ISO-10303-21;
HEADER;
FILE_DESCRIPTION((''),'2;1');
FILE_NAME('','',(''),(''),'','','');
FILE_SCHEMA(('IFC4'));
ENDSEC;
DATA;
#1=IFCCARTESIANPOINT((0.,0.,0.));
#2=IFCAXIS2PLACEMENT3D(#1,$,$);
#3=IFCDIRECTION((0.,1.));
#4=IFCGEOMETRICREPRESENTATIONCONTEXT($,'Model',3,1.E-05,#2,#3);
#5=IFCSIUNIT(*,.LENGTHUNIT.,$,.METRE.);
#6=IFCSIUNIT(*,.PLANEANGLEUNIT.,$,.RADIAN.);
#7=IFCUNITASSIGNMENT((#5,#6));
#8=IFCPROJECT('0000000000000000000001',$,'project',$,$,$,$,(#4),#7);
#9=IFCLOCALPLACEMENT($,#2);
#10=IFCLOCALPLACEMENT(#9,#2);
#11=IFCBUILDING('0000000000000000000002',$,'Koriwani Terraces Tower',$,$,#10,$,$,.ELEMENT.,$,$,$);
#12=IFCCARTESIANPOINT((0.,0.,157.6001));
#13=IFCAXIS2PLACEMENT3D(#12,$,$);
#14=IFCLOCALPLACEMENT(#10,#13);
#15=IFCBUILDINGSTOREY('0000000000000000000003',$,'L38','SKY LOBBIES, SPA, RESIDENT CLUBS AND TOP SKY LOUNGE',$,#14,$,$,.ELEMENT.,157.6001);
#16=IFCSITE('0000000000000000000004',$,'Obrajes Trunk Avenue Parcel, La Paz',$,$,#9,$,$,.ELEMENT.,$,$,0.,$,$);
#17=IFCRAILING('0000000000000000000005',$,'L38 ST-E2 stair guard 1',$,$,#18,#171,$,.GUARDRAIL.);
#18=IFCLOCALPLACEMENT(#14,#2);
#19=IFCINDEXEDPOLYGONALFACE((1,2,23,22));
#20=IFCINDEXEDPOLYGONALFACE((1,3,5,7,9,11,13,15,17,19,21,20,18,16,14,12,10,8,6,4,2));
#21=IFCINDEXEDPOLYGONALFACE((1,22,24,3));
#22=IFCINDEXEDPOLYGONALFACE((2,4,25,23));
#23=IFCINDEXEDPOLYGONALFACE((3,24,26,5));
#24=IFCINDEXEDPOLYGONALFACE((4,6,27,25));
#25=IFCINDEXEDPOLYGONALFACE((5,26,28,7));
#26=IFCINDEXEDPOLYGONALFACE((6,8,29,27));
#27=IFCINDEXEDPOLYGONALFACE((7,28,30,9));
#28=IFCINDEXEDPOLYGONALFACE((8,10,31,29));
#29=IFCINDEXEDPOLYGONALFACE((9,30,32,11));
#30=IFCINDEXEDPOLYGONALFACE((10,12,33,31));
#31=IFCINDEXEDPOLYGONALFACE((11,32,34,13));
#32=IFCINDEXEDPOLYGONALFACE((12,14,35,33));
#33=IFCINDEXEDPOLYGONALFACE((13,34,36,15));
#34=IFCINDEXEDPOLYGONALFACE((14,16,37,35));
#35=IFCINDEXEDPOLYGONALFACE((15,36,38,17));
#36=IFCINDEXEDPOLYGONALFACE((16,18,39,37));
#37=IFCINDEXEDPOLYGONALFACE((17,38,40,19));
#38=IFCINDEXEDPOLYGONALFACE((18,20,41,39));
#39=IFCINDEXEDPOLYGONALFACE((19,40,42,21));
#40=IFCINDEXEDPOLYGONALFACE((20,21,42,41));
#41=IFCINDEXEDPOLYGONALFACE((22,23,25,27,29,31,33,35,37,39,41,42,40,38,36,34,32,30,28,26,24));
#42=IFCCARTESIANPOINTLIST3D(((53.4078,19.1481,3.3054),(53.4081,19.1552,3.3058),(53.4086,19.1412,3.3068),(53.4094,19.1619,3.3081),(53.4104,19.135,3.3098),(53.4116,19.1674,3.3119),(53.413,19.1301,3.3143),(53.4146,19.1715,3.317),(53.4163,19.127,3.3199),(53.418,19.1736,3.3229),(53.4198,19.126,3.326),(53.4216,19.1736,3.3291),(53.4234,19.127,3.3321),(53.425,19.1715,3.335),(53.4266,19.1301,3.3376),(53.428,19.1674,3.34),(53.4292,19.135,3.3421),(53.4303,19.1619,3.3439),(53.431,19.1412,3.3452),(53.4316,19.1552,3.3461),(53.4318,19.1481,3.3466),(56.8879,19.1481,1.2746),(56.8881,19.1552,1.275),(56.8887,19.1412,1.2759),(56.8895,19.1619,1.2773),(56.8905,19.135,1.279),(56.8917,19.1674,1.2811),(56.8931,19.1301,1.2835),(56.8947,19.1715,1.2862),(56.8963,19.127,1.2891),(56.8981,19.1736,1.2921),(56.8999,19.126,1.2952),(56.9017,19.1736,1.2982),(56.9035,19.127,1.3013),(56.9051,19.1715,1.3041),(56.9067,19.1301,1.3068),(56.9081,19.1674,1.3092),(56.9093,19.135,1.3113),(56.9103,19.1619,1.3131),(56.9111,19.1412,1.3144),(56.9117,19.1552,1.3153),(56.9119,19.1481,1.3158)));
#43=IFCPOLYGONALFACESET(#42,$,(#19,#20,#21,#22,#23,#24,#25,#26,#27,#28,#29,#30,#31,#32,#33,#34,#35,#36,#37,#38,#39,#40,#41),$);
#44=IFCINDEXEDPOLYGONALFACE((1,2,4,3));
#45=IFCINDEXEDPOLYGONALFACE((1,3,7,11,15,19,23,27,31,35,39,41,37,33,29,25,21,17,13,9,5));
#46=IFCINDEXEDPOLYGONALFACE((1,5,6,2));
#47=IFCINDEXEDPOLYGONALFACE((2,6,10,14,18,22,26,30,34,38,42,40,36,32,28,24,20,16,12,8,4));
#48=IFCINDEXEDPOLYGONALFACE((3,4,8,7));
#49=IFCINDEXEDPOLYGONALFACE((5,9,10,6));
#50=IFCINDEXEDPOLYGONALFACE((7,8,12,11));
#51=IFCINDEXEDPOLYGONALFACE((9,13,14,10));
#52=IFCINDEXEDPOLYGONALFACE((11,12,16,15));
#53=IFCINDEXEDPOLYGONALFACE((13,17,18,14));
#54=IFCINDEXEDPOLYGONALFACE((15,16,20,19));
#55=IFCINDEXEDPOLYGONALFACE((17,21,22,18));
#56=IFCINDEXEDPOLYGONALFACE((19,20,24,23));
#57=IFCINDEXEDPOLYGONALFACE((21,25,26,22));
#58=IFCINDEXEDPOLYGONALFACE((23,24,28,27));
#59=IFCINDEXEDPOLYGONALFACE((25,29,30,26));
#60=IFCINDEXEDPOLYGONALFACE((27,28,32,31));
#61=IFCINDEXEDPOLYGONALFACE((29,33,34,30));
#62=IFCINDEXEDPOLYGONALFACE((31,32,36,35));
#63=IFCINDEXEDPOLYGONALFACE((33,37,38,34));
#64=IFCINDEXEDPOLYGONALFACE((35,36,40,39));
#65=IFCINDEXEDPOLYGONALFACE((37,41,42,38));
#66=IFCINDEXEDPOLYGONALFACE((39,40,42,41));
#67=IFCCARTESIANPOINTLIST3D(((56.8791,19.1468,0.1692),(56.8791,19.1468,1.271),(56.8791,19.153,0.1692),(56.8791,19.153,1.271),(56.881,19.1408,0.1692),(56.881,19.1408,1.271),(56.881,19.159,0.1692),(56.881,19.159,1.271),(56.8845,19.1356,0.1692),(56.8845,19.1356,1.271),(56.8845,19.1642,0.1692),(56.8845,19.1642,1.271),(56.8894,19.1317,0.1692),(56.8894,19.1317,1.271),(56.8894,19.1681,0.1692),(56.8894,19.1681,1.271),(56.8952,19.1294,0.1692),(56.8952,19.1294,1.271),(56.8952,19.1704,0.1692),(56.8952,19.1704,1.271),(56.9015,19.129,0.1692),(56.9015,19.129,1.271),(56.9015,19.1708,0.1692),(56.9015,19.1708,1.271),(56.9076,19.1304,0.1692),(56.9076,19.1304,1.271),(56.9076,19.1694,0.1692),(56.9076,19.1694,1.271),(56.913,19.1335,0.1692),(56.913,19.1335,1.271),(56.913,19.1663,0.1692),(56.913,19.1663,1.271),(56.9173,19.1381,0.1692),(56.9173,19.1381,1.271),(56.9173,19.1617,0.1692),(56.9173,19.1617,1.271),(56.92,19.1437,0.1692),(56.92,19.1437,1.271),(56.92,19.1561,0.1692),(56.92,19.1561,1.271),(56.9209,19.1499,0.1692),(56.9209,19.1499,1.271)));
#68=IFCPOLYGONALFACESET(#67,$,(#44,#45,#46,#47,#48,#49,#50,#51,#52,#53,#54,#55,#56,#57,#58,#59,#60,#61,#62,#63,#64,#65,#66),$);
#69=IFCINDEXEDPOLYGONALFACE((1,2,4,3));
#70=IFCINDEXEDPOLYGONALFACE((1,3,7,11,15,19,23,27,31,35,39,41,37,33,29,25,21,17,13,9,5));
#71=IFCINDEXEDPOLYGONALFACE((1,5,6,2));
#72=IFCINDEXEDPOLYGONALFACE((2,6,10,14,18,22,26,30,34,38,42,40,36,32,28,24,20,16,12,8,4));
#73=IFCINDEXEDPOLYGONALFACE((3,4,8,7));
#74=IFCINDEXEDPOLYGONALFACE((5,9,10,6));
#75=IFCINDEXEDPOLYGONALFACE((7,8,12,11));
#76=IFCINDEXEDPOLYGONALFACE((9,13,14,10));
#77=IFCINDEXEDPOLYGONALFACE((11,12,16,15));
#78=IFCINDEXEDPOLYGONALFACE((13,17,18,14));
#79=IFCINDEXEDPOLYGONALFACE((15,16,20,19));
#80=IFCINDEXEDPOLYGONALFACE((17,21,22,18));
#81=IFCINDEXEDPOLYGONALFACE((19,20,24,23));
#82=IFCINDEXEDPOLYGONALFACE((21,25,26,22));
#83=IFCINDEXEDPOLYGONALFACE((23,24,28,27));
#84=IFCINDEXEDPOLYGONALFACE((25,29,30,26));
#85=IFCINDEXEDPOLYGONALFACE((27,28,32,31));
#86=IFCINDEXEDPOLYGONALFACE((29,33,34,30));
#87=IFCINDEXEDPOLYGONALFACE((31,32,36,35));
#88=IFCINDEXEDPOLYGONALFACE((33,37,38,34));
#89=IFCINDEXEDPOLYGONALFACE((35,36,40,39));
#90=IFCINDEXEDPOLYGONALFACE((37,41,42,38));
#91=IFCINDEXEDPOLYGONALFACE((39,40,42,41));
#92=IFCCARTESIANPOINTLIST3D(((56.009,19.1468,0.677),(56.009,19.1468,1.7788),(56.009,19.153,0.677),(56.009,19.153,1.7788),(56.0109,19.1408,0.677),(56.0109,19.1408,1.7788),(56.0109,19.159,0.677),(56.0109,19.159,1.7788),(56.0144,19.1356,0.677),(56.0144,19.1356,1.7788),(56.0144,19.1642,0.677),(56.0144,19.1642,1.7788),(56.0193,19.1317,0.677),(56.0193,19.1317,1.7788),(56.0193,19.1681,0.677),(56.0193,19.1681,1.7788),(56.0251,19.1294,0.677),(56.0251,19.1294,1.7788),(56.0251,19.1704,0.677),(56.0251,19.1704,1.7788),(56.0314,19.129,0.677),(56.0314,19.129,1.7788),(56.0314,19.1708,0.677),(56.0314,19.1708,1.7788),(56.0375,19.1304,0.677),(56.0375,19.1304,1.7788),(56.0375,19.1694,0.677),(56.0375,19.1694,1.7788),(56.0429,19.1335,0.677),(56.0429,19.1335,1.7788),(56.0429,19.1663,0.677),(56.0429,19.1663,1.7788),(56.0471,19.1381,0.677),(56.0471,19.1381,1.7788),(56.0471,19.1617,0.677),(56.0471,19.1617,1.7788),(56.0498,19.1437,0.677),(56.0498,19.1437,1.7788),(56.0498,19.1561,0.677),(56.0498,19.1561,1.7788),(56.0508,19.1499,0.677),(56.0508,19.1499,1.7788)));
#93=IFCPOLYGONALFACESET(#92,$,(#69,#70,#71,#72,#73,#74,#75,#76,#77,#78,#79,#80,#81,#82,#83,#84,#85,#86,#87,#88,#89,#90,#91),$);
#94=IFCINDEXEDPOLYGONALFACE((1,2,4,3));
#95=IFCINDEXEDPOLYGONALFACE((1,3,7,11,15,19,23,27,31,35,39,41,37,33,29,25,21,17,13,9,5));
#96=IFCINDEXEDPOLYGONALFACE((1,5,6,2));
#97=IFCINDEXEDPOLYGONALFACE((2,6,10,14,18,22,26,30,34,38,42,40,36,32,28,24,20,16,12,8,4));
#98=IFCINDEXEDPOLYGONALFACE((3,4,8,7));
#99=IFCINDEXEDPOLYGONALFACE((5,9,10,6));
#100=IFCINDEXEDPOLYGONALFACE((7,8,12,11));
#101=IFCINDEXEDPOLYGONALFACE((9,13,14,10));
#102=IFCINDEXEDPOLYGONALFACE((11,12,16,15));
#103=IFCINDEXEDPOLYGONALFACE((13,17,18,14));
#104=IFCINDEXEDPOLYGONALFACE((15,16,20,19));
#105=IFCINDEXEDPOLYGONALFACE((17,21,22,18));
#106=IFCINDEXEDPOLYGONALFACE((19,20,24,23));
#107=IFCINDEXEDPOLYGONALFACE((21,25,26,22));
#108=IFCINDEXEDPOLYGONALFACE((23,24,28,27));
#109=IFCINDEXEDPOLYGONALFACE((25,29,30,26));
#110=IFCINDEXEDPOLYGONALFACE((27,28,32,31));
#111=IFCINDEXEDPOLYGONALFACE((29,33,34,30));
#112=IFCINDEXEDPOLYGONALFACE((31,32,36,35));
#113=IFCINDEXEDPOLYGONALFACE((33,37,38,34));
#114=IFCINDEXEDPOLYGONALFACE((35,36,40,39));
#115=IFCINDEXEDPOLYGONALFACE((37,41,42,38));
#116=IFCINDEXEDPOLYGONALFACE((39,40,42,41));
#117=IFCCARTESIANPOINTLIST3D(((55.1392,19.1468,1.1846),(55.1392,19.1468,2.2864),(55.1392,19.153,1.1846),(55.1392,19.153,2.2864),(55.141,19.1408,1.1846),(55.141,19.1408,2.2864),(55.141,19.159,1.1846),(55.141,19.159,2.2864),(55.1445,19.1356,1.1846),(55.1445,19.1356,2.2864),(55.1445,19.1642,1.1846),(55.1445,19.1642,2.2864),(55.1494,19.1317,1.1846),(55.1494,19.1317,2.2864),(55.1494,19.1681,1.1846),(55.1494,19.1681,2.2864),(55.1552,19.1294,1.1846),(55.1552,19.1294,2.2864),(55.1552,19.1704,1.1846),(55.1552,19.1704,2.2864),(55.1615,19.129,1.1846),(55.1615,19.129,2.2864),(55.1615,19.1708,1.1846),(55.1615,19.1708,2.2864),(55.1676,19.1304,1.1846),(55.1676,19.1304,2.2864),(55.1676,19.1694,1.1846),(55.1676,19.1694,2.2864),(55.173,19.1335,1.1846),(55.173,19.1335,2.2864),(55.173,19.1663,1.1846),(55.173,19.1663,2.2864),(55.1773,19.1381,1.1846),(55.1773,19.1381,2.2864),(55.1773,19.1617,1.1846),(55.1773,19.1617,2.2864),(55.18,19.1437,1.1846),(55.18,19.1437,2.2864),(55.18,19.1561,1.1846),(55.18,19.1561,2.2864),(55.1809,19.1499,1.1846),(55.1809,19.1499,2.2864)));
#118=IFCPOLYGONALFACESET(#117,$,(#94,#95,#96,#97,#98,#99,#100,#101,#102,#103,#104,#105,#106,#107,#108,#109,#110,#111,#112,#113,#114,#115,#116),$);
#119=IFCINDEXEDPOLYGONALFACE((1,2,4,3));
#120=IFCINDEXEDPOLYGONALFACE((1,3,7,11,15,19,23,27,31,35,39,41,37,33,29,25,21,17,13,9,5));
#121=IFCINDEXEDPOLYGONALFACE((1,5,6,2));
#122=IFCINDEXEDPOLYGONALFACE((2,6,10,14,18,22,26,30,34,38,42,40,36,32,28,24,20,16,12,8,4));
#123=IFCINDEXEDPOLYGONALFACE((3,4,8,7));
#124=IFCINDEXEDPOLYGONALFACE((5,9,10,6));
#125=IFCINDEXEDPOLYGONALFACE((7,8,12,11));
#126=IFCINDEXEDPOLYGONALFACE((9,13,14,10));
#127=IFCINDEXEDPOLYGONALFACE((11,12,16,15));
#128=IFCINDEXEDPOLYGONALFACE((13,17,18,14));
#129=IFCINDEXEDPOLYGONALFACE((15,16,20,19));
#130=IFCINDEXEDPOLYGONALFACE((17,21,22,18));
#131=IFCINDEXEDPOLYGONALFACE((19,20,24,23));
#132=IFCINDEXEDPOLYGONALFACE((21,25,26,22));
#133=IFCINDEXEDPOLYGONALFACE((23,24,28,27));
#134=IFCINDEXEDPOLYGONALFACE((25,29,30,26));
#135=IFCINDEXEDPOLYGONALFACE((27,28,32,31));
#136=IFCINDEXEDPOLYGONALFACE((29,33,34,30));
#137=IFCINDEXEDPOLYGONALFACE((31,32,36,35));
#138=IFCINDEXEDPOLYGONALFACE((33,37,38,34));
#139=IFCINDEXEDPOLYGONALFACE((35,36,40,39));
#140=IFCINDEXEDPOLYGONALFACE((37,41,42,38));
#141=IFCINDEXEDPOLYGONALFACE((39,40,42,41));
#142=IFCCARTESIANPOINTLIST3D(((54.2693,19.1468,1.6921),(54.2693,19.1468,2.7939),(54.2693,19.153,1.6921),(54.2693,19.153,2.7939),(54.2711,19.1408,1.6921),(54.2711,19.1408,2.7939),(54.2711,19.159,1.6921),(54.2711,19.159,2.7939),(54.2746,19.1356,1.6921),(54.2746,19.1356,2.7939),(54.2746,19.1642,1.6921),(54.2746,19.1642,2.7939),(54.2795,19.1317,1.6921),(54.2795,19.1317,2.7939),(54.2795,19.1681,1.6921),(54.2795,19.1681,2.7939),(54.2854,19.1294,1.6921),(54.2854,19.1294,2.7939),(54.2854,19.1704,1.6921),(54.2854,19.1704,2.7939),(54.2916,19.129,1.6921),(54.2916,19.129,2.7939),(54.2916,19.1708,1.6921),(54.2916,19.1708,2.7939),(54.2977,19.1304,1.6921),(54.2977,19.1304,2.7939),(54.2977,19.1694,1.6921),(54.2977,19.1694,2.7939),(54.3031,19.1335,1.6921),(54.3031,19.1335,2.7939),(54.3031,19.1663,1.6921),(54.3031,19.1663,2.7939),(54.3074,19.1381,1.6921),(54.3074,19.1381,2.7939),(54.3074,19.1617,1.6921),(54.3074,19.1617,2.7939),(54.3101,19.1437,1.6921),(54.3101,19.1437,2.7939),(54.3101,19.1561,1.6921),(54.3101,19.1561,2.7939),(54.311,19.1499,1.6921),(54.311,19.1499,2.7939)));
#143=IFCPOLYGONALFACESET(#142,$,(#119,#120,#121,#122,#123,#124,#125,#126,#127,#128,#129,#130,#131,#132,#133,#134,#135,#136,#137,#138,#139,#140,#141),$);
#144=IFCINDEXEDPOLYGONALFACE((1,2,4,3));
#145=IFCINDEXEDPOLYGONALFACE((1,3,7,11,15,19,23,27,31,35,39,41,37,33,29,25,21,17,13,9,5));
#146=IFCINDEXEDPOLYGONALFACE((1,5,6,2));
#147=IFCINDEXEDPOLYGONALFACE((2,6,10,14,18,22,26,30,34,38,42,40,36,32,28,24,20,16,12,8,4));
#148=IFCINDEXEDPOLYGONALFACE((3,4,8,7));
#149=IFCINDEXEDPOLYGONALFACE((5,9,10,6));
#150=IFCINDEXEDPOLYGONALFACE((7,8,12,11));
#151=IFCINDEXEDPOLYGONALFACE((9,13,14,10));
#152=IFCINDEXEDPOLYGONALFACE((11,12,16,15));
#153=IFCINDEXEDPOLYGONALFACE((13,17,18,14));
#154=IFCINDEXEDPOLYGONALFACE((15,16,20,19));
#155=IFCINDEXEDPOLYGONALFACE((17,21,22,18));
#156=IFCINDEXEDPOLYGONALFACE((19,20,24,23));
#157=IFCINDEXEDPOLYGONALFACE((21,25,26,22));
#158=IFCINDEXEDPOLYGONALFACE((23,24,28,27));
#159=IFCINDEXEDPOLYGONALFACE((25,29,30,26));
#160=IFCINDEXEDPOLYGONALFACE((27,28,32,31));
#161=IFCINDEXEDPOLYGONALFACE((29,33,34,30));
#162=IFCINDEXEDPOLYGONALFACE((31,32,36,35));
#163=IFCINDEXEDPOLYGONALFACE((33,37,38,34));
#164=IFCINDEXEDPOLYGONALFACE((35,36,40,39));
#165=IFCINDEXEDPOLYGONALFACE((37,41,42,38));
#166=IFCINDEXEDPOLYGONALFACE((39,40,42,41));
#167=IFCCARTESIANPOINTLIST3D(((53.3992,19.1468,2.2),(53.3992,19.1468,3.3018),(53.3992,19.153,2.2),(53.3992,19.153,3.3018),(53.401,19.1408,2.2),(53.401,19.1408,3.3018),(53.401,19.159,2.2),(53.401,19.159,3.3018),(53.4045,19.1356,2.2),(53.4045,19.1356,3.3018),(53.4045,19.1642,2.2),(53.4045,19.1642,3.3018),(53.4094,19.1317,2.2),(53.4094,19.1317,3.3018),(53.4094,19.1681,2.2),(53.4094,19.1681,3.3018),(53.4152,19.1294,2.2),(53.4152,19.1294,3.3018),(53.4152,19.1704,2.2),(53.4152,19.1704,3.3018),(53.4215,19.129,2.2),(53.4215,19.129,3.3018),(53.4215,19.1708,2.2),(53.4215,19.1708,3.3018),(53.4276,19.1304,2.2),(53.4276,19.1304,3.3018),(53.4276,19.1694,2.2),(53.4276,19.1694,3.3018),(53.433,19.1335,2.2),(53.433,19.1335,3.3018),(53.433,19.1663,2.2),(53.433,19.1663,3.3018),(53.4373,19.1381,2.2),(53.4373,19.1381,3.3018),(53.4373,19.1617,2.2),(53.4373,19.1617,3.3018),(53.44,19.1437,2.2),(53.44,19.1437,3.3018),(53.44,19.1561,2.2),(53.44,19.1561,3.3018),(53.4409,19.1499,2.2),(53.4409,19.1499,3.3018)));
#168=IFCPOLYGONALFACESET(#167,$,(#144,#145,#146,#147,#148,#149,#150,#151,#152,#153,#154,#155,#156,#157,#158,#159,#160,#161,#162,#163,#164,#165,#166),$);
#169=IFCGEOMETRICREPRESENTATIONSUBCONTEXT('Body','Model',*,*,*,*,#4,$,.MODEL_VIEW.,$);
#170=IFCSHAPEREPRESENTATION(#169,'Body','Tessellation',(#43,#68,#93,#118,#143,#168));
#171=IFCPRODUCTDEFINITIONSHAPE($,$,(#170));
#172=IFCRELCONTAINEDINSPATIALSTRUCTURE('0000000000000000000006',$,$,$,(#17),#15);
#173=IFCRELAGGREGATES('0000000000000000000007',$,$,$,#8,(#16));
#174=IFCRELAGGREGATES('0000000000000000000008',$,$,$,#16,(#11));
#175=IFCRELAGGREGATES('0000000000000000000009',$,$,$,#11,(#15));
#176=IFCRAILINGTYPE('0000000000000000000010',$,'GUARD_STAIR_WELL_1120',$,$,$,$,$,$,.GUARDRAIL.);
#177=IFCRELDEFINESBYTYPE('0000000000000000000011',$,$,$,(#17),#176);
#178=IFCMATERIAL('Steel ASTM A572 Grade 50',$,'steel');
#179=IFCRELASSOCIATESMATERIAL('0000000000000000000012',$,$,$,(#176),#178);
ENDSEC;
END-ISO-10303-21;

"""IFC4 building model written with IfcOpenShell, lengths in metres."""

from ifc_helpers import new_model, si_unit, direction, frame, origin, origin_2d, place, context, subcontext, project, spatial, circle, extrude, material, type_object, element, save


model = new_model("IFC4")

# Units and contexts
model_context = context("Model", 3, precision=1e-05, world=origin(), true_north=direction((0.0, 1.0)))
body_context = subcontext(model_context, "Body", "Model", "MODEL_VIEW")
ifc_project = project(units=[si_unit("LENGTHUNIT", "METRE"), si_unit("PLANEANGLEUNIT", "RADIAN")], contexts=[model_context])

# Site, building, storey
site_placement = place(None, origin())
site = spatial("IfcSite", under=ifc_project, at=site_placement, Name="Obrajes Trunk Avenue Parcel, La Paz", CompositionType="ELEMENT", RefElevation=0.0)
building_placement = place(site_placement, origin())
building = spatial("IfcBuilding", under=site, at=building_placement, Name="Koriwani Terraces Tower", CompositionType="ELEMENT")
storey_placement = place(building_placement, frame((0.0, 0.0, 157.6001)))
storey = spatial("IfcBuildingStorey", under=building, at=storey_placement, Name="L38", Description="SKY LOBBIES, SPA, RESIDENT CLUBS AND TOP SKY LOUNGE", CompositionType="ELEMENT", Elevation=157.6001)

# Shared definitions
ifc_material_1 = material(Name="Steel ASTM A572 Grade 50", Category="steel")

# Railing
railing_type_1 = type_object("IfcRailingType", Name="GUARD_STAIR_WELL_1120", PredefinedType="GUARDRAIL", material=ifc_material_1)
railing_1_placement = place(storey_placement, frame((56.8999, 19.1499, 0.1692)))
element("IfcRailing", 1, at=railing_1_placement, inside=storey, type_object=railing_type_1, Name="L38 ST-E2 stair guard 1", PredefinedType="GUARDRAIL", context=body_context, shape_type="SweptSolid", body=[
    extrude(circle(Radius=0.0239, at=origin_2d()), frame((0.0, 0.0, 1.126), z_axis=(-0.863695, 0.0, 0.504014), x_axis=(0.0, -1.0, 0.0)), (0.0, 0.0, 1.0), 4.0293),
    extrude(circle(Radius=0.021, at=origin_2d()), origin(), (0.0, 0.0, 1.0), 1.1018),
    extrude(circle(Radius=0.021, at=origin_2d()), frame((-0.8701, 0.0, 0.5078)), (0.0, 0.0, 1.0), 1.1018),
    extrude(circle(Radius=0.021, at=origin_2d()), frame((-1.74, 0.0, 1.0154)), (0.0, 0.0, 1.0), 1.1018),
    extrude(circle(Radius=0.021, at=origin_2d()), frame((-2.6099, 0.0, 1.5229)), (0.0, 0.0, 1.0), 1.1018),
    extrude(circle(Radius=0.021, at=origin_2d()), frame((-3.48, 0.0, 2.0308)), (0.0, 0.0, 1.0), 1.1018),
])

save(model, "model.ifc")
